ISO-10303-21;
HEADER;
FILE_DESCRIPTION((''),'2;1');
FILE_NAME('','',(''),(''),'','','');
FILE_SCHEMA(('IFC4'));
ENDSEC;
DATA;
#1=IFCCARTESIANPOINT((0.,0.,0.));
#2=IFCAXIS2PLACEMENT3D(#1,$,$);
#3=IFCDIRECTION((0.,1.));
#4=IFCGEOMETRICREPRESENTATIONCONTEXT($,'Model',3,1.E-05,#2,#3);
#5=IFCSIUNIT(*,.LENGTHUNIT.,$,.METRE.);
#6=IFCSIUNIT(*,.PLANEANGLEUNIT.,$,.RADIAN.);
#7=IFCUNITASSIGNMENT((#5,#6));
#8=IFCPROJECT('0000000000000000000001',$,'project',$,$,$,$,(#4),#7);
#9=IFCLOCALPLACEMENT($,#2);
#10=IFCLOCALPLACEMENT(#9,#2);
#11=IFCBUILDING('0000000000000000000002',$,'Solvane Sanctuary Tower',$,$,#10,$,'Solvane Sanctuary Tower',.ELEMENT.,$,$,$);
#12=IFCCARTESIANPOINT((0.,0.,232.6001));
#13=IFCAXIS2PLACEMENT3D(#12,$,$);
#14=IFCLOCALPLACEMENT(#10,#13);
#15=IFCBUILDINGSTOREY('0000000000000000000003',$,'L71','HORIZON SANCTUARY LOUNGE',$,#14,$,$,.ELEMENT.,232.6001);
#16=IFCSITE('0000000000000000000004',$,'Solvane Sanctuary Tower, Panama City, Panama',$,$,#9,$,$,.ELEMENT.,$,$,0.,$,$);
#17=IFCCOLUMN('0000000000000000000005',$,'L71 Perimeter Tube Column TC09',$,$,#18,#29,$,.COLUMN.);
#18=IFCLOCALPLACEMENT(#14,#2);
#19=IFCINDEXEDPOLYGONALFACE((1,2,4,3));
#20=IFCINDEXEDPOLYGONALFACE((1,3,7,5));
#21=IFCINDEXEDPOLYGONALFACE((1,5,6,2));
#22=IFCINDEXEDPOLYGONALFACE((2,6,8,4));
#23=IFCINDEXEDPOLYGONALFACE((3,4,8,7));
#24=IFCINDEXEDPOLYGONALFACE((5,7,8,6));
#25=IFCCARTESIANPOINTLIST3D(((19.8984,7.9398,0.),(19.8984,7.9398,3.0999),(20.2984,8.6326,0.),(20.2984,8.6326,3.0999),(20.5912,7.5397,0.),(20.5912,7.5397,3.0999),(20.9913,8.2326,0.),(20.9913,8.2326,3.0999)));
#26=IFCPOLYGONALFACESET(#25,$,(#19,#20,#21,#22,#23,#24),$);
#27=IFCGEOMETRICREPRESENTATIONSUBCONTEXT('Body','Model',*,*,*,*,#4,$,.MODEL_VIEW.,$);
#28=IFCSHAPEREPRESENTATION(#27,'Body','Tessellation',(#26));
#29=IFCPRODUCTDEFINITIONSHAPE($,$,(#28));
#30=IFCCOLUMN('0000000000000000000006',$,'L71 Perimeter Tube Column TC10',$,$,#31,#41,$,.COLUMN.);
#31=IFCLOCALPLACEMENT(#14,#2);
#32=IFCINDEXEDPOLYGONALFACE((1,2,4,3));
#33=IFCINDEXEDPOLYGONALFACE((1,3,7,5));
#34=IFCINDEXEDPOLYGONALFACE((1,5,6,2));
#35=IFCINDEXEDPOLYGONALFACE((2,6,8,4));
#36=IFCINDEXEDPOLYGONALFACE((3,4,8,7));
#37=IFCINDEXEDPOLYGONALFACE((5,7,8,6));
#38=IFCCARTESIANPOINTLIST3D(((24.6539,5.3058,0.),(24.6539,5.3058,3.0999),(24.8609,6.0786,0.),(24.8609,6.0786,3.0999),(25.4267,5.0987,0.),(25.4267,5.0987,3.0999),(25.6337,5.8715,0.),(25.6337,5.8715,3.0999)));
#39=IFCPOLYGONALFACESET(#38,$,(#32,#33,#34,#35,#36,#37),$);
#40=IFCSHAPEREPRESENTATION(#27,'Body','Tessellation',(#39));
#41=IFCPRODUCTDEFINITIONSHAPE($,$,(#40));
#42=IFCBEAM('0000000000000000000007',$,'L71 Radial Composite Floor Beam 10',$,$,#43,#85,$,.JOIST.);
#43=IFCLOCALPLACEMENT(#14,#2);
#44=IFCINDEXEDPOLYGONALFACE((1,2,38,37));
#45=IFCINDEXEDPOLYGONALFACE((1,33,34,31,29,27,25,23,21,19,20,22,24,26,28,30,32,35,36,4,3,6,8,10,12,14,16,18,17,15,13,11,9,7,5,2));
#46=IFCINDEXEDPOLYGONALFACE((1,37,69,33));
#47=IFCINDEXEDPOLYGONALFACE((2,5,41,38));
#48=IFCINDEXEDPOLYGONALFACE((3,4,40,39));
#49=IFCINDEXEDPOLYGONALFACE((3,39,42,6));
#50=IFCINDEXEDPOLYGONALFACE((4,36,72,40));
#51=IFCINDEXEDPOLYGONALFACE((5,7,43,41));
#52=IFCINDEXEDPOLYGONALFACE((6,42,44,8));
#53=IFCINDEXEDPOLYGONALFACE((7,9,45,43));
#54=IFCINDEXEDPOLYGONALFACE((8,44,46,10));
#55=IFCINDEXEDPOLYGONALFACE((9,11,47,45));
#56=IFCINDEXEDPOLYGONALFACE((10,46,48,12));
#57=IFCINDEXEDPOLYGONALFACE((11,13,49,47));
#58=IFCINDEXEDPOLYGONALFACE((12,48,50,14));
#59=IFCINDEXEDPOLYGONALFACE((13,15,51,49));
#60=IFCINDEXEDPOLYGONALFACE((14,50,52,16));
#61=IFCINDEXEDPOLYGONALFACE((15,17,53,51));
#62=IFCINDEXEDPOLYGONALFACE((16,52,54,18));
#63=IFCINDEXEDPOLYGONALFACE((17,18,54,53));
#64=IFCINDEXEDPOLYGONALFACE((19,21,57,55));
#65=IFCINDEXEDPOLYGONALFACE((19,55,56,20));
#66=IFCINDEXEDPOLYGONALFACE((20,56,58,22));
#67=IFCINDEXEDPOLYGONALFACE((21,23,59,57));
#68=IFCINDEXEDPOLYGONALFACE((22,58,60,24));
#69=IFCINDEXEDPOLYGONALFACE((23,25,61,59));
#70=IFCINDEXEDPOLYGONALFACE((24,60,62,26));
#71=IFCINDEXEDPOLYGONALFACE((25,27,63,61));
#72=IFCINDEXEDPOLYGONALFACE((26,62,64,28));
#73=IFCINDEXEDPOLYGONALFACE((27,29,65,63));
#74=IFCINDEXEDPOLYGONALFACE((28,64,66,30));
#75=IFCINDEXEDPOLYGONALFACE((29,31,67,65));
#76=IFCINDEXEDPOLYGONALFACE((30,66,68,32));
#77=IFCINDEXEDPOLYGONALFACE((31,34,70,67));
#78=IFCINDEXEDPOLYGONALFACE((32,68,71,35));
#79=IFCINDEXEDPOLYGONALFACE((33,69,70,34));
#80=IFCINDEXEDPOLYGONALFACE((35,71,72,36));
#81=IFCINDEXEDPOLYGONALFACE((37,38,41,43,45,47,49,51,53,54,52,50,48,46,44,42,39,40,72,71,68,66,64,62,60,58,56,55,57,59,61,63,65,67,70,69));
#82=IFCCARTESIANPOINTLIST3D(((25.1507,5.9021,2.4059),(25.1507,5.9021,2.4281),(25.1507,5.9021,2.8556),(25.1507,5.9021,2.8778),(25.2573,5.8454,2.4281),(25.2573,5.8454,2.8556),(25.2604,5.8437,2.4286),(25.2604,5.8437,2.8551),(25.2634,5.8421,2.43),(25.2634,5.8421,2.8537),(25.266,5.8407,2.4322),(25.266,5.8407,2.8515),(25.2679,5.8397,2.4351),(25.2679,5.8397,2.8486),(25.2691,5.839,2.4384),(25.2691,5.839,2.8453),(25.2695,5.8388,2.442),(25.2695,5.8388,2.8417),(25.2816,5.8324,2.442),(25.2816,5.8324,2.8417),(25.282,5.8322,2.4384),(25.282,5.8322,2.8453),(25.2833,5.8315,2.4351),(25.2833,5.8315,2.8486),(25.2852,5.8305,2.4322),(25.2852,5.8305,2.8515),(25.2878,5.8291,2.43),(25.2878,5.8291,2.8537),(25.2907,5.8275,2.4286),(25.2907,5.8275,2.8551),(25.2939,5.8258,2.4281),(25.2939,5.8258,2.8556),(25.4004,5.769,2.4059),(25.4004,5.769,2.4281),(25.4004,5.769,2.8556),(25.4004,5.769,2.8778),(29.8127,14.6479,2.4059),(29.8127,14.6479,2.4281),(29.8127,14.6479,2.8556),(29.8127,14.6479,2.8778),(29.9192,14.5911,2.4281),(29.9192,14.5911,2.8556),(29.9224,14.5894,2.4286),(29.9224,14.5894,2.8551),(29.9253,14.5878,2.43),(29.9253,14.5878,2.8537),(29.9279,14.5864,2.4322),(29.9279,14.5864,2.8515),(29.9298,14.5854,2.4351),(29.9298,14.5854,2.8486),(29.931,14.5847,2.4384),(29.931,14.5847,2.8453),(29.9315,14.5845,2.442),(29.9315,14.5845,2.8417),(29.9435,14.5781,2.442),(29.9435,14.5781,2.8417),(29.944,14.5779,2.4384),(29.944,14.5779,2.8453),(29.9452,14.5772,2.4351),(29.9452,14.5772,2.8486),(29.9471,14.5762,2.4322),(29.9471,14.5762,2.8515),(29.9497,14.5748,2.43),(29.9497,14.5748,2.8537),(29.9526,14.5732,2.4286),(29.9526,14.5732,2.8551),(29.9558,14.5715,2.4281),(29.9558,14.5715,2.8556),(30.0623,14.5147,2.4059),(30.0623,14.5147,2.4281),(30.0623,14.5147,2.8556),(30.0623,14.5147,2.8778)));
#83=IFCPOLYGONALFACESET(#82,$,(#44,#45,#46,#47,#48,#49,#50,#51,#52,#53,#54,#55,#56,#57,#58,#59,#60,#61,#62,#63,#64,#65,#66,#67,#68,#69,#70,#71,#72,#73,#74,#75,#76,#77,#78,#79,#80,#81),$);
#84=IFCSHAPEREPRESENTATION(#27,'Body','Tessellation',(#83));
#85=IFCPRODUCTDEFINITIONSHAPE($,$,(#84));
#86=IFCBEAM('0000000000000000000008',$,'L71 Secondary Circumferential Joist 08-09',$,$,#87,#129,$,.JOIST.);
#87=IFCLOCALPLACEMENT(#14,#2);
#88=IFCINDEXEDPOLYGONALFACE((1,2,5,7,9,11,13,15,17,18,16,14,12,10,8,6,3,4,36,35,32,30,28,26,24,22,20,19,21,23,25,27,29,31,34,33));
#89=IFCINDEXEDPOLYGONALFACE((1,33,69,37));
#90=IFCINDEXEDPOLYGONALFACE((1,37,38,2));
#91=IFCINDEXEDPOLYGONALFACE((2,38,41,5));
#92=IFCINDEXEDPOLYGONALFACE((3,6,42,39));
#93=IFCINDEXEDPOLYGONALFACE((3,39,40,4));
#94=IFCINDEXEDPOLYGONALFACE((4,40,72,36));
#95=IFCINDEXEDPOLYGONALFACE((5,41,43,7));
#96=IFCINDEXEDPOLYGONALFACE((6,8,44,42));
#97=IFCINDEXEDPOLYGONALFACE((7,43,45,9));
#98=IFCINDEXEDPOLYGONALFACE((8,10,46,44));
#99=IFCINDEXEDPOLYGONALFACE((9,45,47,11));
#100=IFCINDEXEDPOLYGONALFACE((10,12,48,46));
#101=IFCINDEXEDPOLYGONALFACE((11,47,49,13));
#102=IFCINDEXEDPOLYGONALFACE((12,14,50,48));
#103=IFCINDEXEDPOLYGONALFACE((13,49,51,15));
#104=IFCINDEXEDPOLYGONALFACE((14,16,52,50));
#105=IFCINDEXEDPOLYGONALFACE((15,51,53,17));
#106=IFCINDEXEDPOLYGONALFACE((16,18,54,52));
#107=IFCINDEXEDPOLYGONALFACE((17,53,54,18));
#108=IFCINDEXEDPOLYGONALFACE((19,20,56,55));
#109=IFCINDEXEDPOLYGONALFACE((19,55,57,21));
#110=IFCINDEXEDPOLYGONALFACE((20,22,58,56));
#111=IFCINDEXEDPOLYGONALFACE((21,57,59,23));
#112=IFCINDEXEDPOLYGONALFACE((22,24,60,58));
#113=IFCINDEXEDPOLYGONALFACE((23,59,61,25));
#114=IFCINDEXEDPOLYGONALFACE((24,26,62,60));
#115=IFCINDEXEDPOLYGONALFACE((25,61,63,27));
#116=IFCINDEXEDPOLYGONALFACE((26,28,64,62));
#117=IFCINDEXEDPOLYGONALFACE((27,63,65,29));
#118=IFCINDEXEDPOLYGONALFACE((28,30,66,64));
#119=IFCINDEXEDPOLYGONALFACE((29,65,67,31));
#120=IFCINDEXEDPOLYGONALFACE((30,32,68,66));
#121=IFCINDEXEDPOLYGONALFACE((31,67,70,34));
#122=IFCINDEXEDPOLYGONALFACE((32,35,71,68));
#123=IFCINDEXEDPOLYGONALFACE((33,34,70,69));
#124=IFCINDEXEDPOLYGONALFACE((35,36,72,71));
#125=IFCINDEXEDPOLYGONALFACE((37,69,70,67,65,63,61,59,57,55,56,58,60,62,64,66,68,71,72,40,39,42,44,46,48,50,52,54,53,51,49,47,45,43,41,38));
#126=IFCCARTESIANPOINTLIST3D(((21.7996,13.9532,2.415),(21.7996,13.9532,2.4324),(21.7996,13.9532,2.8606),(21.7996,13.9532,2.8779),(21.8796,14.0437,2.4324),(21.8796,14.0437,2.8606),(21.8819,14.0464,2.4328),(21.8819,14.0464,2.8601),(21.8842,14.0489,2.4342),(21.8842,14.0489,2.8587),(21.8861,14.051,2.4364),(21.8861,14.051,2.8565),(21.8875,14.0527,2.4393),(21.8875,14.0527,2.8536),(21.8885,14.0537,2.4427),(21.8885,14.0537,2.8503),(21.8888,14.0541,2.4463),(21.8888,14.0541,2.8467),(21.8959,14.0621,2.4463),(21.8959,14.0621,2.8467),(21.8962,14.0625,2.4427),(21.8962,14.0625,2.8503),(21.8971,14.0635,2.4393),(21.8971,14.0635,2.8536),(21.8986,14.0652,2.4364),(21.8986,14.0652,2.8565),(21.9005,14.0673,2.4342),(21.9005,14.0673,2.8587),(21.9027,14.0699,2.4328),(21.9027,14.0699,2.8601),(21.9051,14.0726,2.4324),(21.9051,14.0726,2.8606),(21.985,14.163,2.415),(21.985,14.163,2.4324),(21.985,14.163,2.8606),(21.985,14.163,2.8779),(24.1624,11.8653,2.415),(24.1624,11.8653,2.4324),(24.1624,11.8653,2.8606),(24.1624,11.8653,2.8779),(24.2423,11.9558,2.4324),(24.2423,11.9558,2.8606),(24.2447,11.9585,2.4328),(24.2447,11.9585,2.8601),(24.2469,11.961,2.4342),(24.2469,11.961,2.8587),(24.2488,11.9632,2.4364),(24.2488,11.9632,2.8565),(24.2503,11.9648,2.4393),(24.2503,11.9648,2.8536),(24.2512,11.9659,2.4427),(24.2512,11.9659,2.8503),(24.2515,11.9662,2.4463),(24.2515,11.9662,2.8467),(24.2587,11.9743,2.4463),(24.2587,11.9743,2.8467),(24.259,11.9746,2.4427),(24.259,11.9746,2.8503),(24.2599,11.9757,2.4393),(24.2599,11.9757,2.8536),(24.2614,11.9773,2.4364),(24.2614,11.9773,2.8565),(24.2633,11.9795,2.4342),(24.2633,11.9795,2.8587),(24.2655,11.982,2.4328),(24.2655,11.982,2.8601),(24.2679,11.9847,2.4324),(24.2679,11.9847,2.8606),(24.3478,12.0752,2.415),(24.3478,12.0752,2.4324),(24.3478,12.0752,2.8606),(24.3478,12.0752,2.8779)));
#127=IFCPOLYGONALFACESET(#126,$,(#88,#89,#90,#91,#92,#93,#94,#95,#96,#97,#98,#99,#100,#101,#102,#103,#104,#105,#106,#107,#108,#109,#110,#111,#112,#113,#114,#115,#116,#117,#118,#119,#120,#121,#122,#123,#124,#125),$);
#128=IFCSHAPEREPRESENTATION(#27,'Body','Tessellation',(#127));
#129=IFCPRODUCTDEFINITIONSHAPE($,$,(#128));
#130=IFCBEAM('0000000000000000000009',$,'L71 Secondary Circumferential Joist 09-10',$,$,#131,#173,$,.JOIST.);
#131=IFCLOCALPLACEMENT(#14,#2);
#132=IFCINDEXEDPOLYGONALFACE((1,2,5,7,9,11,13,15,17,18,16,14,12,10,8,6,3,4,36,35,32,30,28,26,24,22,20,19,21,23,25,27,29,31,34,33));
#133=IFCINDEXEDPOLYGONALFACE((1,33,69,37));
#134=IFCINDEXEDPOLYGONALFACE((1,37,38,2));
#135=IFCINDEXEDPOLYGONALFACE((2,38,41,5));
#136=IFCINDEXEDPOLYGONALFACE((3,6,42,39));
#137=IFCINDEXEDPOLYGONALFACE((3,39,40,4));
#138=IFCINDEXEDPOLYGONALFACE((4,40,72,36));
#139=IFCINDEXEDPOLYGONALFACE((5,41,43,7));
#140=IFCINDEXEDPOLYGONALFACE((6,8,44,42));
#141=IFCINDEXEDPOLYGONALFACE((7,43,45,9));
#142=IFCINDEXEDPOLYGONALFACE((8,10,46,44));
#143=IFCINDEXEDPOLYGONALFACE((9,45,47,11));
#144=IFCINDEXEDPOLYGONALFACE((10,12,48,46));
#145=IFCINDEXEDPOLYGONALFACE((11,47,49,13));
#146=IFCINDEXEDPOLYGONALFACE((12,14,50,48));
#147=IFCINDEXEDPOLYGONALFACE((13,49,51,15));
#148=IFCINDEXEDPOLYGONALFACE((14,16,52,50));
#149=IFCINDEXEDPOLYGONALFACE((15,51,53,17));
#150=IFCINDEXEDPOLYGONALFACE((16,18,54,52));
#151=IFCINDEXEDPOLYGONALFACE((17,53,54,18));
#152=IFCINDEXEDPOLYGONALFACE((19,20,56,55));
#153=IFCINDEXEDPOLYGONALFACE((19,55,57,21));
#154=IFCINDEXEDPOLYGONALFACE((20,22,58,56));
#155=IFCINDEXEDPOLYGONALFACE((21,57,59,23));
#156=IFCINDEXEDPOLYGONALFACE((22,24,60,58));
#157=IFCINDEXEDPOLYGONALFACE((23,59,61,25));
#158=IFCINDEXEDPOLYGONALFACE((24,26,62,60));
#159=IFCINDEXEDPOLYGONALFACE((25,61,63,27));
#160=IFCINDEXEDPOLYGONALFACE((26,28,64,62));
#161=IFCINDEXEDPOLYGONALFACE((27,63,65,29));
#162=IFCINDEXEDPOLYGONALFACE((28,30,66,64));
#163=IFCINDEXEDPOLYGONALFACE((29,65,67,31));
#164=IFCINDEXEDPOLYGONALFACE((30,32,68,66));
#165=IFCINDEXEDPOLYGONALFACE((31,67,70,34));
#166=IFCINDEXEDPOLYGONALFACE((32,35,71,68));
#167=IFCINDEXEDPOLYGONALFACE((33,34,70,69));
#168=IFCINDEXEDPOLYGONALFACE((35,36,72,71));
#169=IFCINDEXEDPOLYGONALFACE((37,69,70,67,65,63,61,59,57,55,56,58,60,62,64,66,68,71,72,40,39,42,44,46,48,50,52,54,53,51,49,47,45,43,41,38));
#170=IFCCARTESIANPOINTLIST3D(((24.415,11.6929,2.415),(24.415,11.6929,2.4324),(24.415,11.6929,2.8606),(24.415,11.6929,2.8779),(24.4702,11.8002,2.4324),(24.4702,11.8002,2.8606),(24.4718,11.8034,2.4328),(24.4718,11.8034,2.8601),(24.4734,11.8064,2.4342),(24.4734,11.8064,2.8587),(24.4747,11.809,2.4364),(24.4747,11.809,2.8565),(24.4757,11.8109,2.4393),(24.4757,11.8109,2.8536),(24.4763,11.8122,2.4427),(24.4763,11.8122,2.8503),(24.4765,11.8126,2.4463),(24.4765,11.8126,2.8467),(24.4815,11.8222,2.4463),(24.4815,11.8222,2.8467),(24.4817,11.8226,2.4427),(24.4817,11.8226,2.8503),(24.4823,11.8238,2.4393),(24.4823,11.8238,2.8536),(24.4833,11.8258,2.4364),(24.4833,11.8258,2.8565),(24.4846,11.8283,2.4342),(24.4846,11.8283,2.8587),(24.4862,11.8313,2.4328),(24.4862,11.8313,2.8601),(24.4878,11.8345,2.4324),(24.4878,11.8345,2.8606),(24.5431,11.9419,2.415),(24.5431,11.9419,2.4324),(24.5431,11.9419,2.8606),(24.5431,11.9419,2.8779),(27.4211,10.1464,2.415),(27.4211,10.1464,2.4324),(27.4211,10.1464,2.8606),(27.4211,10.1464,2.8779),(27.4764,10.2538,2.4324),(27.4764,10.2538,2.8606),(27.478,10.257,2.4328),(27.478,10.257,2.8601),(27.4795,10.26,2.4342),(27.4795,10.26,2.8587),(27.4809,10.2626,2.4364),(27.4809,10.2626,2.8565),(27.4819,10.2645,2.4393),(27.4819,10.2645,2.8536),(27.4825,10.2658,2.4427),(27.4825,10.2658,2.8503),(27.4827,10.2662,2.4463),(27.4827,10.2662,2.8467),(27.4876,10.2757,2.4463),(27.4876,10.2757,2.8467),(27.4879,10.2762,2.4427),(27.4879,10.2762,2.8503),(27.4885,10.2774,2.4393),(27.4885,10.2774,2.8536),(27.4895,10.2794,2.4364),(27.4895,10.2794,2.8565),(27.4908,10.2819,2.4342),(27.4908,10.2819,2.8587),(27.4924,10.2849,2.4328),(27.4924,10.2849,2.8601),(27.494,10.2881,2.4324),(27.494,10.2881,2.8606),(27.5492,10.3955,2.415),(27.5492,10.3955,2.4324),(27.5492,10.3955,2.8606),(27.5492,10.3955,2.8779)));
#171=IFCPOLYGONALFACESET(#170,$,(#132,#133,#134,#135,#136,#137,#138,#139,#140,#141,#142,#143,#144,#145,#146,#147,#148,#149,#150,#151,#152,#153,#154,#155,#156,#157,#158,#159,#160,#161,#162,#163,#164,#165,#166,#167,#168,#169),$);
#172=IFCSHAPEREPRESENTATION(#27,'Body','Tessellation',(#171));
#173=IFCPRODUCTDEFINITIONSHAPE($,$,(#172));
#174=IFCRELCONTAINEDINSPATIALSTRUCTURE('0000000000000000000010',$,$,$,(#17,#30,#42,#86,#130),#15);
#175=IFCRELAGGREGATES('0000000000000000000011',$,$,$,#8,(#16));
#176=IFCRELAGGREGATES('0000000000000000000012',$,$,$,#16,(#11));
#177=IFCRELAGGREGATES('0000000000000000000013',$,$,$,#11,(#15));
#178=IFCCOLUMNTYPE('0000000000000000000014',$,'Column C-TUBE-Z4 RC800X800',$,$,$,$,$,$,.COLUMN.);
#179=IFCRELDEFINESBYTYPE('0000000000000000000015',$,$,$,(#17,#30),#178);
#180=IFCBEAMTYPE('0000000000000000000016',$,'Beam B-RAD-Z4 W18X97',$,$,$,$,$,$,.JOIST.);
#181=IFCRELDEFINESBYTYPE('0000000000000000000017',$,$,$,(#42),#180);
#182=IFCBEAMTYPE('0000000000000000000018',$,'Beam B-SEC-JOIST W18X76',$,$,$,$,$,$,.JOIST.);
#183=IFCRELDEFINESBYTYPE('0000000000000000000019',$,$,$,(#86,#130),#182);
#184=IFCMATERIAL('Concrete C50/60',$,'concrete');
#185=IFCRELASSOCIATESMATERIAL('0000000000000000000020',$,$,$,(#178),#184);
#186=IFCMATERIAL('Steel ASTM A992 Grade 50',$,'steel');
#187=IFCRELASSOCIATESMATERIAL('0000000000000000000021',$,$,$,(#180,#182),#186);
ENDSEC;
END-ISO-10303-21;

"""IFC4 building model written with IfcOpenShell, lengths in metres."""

from ifc_helpers import new_model, si_unit, direction, frame, origin, origin_2d, place, context, subcontext, project, spatial, rectangle, i_section, extrude, material, material_profile, profile_set, type_object, element, save


model = new_model("IFC4")

# Units and contexts
model_context = context("Model", 3, precision=1e-05, world=origin(), true_north=direction((0.0, 1.0)))
body_context = subcontext(model_context, "Body", "Model", "MODEL_VIEW")
ifc_project = project(units=[si_unit("LENGTHUNIT", "METRE"), si_unit("PLANEANGLEUNIT", "RADIAN")], contexts=[model_context])

# Site, building, storey
site_placement = place(None, origin())
site = spatial("IfcSite", under=ifc_project, at=site_placement, Name="Solvane Sanctuary Tower, Panama City, Panama", CompositionType="ELEMENT", RefElevation=0.0)
building_placement = place(site_placement, origin())
building = spatial("IfcBuilding", under=site, at=building_placement, Name="Solvane Sanctuary Tower", LongName="Solvane Sanctuary Tower", CompositionType="ELEMENT")
storey_placement = place(building_placement, frame((0.0, 0.0, 232.6001)))
storey = spatial("IfcBuildingStorey", under=building, at=storey_placement, Name="L71", Description="HORIZON SANCTUARY LOUNGE", CompositionType="ELEMENT", Elevation=232.6001)

# Columns
ifc_material_1 = material(Name="Concrete C50/60", Category="concrete")
ifc_material_profile_1 = material_profile(ifc_material_1, rectangle(XDim=0.8, YDim=0.8, at=origin_2d()), Name="RC800X800")
ifc_profile_set_1 = profile_set([ifc_material_profile_1], Name="Concrete C50/60")
column_type = type_object("IfcColumnType", Name="Column C-TUBE-Z4 RC800X800", PredefinedType="COLUMN", material=ifc_profile_set_1)
for number, where, z_axis, x_axis, name in (
    (1, (20.4448, 8.0862, 0.0), (0.0, 0.0, 1.0), (-0.5, -0.866025, 0.0), "L71 Perimeter Tube Column TC09"),
    (2, (25.1438, 5.5886, 0.0), (0.0, 0.0, 1.0), (-0.258819, -0.965926, 0.0), "L71 Perimeter Tube Column TC10"),
):
    element("IfcColumn", number, at=place(storey_placement, frame(where, z_axis=z_axis, x_axis=x_axis)), inside=storey, type_object=column_type, Name=name, PredefinedType="COLUMN", context=body_context, shape_type="SweptSolid", body=[
        extrude(rectangle(XDim=0.8, YDim=0.8, at=origin_2d()), origin(), (0.0, 0.0, 1.0), 3.0999),
    ])

# Beams
ifc_material_2 = material(Name="Steel ASTM A992 Grade 50", Category="steel")
ifc_material_profile_2 = material_profile(ifc_material_2, i_section(OverallWidth=0.283, OverallDepth=0.4719, WebThickness=0.0137, FlangeThickness=0.0222, FilletRadius=0.0139, at=origin_2d()), Name="W18X97")
ifc_profile_set_2 = profile_set([ifc_material_profile_2], Name="Steel ASTM A992 Grade 50")
beam_type_1 = type_object("IfcBeamType", Name="Beam B-RAD-Z4 W18X97", PredefinedType="JOIST", material=ifc_profile_set_2)
beam_1_placement = place(storey_placement, frame((29.9375, 14.5813, 2.6418), z_axis=(-0.470395, -0.882456, 0.0), x_axis=(0.882456, -0.470395, 0.0)))
element("IfcBeam", 3, at=beam_1_placement, inside=storey, type_object=beam_type_1, Name="L71 Radial Composite Floor Beam 10", PredefinedType="JOIST", context=body_context, shape_type="SweptSolid", body=[
    extrude(i_section(OverallWidth=0.283, OverallDepth=0.4719, WebThickness=0.0137, FlangeThickness=0.0222, FilletRadius=0.0139, at=origin_2d()), origin(), (0.0, 0.0, 1.0), 9.9106),
])
ifc_material_profile_3 = material_profile(ifc_material_2, i_section(OverallWidth=0.28, OverallDepth=0.4629, WebThickness=0.0107, FlangeThickness=0.0173, FilletRadius=0.0139, at=origin_2d()), Name="W18X76")
ifc_profile_set_3 = profile_set([ifc_material_profile_3], Name="Steel ASTM A992 Grade 50")
beam_type_2 = type_object("IfcBeamType", Name="Beam B-SEC-JOIST W18X76", PredefinedType="JOIST", material=ifc_profile_set_3)
beam_2_placement = place(storey_placement, frame((21.8923, 14.0581, 2.6465), z_axis=(0.749354, -0.662169, 0.0), x_axis=(0.662169, 0.749354, 0.0)))
element("IfcBeam", 4, at=beam_2_placement, inside=storey, type_object=beam_type_2, Name="L71 Secondary Circumferential Joist 08-09", PredefinedType="JOIST", context=body_context, shape_type="SweptSolid", body=[
    extrude(i_section(OverallWidth=0.28, OverallDepth=0.4629, WebThickness=0.0107, FlangeThickness=0.0173, FilletRadius=0.0139, at=origin_2d()), origin(), (0.0, 0.0, 1.0), 3.1531),
])
beam_3_placement = place(storey_placement, frame((24.479, 11.8174, 2.6465), z_axis=(0.889241, -0.457439, 0.0), x_axis=(0.457439, 0.889241, 0.0)))
element("IfcBeam", 5, at=beam_3_placement, inside=storey, type_object=beam_type_2, Name="L71 Secondary Circumferential Joist 09-10", PredefinedType="JOIST", context=body_context, shape_type="SweptSolid", body=[
    extrude(i_section(OverallWidth=0.28, OverallDepth=0.4629, WebThickness=0.0107, FlangeThickness=0.0173, FilletRadius=0.0139, at=origin_2d()), origin(), (0.0, 0.0, 1.0), 3.3806),
])

save(model, "model.ifc")
